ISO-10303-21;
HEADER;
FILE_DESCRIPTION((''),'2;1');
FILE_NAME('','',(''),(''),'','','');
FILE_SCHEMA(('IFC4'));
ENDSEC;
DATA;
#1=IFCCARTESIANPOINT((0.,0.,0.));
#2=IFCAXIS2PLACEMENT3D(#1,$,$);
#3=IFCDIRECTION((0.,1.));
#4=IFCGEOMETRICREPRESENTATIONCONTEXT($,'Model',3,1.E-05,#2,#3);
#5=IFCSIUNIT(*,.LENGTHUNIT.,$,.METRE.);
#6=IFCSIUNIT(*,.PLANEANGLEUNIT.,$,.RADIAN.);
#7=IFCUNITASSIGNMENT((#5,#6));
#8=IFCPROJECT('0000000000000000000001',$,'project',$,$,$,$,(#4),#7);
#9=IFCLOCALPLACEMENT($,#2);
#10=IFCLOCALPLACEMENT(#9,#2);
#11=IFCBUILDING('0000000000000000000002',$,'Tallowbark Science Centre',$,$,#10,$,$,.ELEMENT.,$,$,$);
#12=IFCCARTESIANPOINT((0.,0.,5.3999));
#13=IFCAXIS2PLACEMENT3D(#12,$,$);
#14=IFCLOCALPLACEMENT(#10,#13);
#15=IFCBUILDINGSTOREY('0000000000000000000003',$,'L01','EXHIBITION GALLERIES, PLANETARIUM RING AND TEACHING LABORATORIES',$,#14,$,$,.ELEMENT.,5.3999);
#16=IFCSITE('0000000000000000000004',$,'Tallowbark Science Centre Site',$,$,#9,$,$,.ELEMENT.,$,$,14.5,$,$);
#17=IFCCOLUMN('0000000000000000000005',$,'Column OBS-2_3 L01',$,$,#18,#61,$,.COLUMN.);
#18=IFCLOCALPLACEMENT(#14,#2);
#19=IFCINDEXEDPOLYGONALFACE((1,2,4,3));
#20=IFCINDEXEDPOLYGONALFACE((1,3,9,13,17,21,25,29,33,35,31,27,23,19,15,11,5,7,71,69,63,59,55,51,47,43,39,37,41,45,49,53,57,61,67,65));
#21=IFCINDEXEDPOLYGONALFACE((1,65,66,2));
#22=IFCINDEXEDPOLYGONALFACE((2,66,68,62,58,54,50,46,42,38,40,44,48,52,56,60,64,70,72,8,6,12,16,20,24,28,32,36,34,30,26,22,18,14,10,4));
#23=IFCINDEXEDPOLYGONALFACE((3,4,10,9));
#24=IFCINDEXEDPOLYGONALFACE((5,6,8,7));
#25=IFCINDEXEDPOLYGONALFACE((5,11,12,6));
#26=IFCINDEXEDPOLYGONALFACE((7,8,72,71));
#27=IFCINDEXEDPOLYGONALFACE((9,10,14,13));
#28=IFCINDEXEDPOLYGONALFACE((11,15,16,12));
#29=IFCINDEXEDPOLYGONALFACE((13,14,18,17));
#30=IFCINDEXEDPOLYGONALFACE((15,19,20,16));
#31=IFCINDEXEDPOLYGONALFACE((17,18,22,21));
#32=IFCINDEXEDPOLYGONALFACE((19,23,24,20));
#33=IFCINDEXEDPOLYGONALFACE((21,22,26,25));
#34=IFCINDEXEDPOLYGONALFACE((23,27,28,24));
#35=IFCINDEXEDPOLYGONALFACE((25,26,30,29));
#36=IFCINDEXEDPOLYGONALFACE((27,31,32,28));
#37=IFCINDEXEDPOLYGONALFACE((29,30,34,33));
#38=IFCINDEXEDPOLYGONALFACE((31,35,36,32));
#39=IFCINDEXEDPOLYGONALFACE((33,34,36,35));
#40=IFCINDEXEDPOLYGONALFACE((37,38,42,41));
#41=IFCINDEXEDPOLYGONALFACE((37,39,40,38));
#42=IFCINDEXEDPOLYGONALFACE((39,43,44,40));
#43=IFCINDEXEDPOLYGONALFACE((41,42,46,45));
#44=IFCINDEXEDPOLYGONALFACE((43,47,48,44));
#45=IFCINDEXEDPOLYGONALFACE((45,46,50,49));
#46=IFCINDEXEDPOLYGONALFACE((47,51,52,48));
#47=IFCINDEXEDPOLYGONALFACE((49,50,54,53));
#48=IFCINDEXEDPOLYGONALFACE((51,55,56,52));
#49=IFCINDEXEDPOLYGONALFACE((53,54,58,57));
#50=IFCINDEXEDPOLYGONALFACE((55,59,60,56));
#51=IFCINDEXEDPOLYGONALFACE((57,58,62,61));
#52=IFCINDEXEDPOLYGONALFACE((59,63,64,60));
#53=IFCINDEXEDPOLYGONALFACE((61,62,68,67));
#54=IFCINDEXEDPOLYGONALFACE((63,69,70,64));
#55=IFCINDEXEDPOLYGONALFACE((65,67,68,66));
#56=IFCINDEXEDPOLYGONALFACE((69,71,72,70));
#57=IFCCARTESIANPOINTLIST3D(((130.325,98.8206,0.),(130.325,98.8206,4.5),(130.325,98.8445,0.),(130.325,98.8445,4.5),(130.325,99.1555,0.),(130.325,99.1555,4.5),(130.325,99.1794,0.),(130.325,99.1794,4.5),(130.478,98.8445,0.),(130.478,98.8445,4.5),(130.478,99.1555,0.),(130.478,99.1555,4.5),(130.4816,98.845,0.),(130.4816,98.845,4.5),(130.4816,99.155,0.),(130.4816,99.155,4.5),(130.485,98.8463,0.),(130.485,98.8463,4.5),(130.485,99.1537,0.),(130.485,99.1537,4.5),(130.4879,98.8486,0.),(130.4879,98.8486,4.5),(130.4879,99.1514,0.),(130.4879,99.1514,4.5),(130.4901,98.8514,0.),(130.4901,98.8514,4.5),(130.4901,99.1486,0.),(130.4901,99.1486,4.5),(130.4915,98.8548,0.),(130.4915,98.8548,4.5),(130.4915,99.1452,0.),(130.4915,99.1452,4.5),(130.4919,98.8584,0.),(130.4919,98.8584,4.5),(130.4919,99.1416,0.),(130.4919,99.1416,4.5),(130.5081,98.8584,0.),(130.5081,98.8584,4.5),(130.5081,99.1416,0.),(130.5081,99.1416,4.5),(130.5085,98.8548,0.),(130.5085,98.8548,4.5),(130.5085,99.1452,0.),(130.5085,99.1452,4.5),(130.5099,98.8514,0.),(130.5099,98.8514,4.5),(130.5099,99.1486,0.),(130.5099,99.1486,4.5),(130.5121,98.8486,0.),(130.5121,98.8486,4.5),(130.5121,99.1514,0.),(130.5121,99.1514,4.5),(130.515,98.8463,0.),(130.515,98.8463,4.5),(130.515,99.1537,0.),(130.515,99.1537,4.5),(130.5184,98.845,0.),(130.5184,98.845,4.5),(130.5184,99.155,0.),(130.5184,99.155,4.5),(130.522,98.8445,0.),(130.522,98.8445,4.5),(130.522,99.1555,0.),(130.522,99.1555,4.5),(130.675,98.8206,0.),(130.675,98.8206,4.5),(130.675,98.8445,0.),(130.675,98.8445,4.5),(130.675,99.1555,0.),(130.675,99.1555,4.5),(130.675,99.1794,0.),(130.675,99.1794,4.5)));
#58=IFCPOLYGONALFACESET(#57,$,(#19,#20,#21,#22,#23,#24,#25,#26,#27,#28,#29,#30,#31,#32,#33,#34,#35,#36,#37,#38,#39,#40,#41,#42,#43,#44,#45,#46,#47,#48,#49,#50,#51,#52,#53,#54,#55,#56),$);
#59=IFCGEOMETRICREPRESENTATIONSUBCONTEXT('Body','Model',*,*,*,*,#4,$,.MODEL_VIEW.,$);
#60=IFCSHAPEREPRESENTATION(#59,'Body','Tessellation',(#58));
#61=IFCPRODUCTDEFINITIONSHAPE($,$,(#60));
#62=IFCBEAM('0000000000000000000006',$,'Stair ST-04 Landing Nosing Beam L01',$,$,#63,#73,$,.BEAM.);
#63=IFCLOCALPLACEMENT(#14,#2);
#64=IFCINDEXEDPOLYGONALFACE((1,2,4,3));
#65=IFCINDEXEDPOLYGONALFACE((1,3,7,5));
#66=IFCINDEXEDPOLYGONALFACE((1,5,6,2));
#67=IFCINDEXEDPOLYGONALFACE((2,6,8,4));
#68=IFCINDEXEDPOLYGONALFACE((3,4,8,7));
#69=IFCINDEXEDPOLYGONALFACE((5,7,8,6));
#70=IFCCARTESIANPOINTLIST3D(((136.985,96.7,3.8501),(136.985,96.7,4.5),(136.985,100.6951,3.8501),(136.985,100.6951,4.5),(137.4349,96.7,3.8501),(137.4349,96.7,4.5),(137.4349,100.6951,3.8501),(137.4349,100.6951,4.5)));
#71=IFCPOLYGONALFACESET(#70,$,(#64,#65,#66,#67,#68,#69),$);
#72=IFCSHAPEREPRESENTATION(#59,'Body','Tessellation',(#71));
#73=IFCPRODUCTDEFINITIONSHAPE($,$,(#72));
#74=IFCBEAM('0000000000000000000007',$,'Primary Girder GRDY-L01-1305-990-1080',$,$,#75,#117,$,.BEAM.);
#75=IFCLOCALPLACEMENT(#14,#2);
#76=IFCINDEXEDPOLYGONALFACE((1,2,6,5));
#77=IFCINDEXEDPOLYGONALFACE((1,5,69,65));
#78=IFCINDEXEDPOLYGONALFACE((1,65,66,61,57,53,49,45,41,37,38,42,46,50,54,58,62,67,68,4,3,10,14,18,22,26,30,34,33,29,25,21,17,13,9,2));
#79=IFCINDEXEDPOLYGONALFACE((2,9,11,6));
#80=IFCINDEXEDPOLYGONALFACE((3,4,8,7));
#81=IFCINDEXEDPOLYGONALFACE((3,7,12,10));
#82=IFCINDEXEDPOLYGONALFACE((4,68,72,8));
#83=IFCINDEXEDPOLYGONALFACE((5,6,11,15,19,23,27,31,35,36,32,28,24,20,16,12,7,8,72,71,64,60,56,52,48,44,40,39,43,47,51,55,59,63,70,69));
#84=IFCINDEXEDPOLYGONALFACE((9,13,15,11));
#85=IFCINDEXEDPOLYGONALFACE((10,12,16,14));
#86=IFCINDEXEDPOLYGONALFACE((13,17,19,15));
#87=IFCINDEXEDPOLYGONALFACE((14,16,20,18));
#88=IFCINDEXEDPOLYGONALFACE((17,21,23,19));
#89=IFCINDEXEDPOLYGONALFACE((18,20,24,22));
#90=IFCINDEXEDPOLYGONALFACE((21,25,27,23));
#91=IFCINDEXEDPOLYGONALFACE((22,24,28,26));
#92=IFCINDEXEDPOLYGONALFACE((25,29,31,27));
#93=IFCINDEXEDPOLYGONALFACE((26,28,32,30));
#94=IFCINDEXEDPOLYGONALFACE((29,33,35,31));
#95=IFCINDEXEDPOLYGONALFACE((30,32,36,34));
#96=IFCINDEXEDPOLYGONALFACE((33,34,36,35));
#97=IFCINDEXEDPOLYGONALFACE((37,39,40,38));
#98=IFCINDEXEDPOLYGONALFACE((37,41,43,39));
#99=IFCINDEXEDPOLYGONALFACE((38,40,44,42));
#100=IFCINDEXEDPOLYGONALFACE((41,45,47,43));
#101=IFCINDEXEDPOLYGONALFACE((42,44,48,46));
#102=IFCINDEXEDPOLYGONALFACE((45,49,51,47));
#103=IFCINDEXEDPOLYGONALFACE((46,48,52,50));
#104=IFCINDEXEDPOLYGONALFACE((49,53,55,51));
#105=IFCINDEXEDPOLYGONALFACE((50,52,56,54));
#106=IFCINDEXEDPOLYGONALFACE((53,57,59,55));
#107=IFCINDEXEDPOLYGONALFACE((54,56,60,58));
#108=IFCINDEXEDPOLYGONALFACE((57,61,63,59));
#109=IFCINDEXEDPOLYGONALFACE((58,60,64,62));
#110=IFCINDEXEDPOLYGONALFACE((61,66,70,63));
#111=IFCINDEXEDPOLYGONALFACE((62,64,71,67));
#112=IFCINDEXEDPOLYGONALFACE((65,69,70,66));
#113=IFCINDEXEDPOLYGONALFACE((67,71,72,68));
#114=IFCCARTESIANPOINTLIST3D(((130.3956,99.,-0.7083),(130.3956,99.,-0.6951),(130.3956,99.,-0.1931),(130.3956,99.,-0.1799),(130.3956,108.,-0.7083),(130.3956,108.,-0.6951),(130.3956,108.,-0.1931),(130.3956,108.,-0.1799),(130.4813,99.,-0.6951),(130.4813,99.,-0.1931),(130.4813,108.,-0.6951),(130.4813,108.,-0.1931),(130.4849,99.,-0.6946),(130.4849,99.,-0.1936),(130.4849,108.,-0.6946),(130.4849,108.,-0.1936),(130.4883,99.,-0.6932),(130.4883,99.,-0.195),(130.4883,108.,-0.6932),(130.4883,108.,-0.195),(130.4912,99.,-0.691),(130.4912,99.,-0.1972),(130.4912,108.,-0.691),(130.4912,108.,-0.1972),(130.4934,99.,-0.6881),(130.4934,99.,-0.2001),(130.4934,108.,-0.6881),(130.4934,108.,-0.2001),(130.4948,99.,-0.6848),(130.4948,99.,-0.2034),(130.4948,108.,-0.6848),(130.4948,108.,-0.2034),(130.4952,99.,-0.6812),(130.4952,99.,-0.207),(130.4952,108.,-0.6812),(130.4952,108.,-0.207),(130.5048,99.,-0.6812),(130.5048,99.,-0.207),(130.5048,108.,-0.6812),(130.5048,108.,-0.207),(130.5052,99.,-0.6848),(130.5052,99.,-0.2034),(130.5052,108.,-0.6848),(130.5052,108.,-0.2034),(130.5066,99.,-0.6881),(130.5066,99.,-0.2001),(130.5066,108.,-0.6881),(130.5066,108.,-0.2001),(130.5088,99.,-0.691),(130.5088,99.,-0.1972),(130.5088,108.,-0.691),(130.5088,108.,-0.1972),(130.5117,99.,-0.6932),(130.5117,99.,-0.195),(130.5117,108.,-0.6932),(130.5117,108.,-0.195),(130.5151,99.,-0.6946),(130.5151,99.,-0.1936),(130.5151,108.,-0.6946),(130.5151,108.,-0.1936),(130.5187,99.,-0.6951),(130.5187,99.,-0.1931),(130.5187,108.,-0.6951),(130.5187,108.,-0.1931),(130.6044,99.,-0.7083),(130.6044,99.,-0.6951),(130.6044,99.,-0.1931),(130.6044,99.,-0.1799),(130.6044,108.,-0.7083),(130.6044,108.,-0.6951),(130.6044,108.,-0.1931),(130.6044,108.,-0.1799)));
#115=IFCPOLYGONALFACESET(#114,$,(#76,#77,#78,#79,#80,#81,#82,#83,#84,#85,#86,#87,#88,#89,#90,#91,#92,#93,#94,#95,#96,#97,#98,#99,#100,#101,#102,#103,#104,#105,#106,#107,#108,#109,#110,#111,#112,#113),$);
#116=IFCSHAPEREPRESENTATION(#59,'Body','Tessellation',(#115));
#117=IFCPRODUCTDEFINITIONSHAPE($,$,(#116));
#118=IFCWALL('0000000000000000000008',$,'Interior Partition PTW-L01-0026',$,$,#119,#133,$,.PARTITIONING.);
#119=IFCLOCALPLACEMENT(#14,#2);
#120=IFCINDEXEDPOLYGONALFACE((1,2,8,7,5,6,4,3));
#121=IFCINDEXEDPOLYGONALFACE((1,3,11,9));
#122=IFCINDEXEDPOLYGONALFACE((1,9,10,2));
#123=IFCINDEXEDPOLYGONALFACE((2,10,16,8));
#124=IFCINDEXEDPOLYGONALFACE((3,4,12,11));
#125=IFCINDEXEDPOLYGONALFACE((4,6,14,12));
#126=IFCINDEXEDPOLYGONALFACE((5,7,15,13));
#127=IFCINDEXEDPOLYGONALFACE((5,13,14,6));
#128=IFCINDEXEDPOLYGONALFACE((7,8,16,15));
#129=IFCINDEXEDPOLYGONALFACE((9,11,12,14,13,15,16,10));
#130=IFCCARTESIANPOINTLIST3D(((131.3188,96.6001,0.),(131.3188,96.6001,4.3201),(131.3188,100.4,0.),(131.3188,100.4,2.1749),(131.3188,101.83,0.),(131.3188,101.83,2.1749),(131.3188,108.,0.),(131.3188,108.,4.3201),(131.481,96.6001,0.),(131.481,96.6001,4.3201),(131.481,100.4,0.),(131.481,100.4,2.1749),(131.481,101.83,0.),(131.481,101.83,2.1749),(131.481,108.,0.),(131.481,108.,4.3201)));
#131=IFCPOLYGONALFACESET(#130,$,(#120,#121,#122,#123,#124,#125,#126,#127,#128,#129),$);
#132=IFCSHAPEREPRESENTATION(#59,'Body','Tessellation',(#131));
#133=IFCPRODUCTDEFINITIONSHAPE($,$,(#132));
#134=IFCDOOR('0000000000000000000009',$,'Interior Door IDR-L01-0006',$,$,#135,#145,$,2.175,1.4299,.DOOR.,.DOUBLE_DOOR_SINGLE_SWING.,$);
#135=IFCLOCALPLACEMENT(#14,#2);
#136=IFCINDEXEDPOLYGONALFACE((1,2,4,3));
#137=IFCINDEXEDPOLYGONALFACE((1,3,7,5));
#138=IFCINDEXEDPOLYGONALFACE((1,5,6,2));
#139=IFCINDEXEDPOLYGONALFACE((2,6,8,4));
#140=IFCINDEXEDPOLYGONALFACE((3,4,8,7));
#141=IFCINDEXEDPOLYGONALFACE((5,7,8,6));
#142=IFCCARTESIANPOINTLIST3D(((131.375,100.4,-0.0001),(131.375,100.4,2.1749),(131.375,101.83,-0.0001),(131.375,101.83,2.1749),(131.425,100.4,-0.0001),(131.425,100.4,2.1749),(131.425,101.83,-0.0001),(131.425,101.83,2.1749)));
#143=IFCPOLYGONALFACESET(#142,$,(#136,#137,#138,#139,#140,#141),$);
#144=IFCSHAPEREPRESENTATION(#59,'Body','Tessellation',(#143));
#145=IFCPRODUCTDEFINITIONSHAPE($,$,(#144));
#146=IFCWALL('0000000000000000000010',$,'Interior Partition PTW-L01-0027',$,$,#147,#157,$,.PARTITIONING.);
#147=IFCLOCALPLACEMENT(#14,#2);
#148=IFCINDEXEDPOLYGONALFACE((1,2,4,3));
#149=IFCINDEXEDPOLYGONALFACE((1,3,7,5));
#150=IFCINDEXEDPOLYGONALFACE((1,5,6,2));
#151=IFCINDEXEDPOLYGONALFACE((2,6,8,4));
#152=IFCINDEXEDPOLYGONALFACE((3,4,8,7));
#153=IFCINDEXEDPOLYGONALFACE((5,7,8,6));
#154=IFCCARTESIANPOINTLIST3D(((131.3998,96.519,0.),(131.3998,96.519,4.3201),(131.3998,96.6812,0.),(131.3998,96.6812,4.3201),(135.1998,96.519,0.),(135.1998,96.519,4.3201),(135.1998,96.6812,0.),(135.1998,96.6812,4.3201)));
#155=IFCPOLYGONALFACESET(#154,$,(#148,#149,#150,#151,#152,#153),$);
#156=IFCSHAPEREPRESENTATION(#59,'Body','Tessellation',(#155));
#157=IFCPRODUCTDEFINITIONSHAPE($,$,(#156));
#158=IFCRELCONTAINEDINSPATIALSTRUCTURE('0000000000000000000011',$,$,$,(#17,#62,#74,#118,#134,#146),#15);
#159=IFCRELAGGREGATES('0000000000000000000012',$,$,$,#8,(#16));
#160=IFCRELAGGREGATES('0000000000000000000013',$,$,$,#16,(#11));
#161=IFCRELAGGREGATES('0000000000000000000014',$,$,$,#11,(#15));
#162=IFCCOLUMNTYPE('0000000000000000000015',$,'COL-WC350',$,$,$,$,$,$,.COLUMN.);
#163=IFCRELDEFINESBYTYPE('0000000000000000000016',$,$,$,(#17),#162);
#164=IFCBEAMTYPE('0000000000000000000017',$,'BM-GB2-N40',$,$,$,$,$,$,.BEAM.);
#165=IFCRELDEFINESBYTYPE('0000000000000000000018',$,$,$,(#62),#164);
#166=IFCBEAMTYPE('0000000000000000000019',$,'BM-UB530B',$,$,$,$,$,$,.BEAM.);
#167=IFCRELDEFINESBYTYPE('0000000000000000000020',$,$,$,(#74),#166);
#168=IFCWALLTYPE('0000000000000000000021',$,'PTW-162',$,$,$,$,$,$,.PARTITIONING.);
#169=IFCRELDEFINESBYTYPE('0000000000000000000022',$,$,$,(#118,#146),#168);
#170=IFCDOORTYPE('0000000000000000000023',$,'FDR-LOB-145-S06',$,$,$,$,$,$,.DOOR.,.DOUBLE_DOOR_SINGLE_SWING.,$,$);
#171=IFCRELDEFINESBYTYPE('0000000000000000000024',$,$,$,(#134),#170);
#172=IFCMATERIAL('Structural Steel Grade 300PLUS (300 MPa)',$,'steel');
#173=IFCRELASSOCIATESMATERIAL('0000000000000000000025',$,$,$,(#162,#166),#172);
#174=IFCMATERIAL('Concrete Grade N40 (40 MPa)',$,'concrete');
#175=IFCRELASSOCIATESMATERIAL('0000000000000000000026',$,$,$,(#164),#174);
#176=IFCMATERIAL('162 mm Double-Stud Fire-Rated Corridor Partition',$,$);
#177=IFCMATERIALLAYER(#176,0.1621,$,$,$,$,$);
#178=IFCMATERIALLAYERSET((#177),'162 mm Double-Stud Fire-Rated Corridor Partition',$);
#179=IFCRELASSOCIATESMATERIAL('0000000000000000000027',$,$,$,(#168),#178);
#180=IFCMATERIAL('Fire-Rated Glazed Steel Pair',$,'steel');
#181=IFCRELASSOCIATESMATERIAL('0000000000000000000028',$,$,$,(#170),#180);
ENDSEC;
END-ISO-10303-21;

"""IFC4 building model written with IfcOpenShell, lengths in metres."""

from ifc_helpers import new_model, si_unit, direction, frame, frame_2d, origin, origin_2d, place, context, subcontext, project, spatial, rectangle, i_section, extrude, material, layer, layer_set, material_profile, profile_set, type_object, element, fill, save


model = new_model("IFC4")

# Units and contexts
model_context = context("Model", 3, precision=1e-05, world=origin(), true_north=direction((0.0, 1.0)))
body_context = subcontext(model_context, "Body", "Model", "MODEL_VIEW")
ifc_project = project(units=[si_unit("LENGTHUNIT", "METRE"), si_unit("PLANEANGLEUNIT", "RADIAN")], contexts=[model_context])

# Site, building, storey
site_placement = place(None, origin())
site = spatial("IfcSite", under=ifc_project, at=site_placement, Name="Tallowbark Science Centre Site", CompositionType="ELEMENT", RefElevation=14.5)
building_placement = place(site_placement, origin())
building = spatial("IfcBuilding", under=site, at=building_placement, Name="Tallowbark Science Centre", CompositionType="ELEMENT")
storey_placement = place(building_placement, frame((0.0, 0.0, 5.3999)))
storey = spatial("IfcBuildingStorey", under=building, at=storey_placement, Name="L01", Description="EXHIBITION GALLERIES, PLANETARIUM RING AND TEACHING LABORATORIES", CompositionType="ELEMENT", Elevation=5.3999)

# Column
ifc_material_1 = material(Name="Structural Steel Grade 300PLUS (300 MPa)", Category="steel")
ifc_material_profile_1 = material_profile(ifc_material_1, i_section(OverallWidth=0.3501, OverallDepth=0.3589, WebThickness=0.0161, FlangeThickness=0.0239, FilletRadius=0.0139, at=origin_2d()), Name="350WC197")
ifc_profile_set_1 = profile_set([ifc_material_profile_1], Name="Structural Steel Grade 300PLUS (300 MPa)")
column_type = type_object("IfcColumnType", Name="COL-WC350", PredefinedType="COLUMN", material=ifc_profile_set_1)
column_placement = place(storey_placement, frame((130.5, 99.0, 0.0), z_axis=(0.0, 0.0, 1.0), x_axis=(1.0, 0.0, 0.0)))
element("IfcColumn", 1, at=column_placement, inside=storey, type_object=column_type, Name="Column OBS-2_3 L01", PredefinedType="COLUMN", context=body_context, shape_type="SweptSolid", body=[
    extrude(i_section(OverallWidth=0.3501, OverallDepth=0.3589, WebThickness=0.0161, FlangeThickness=0.0239, FilletRadius=0.0139, at=origin_2d()), origin(), (0.0, 0.0, 1.0), 4.5),
])

# Beams
ifc_material_2 = material(Name="Concrete Grade N40 (40 MPa)", Category="concrete")
ifc_material_profile_2 = material_profile(ifc_material_2, rectangle(XDim=0.45, YDim=0.6499, at=origin_2d()), Name="RC450x650")
ifc_profile_set_2 = profile_set([ifc_material_profile_2], Name="Concrete Grade N40 (40 MPa)")
beam_type_1 = type_object("IfcBeamType", Name="BM-GB2-N40", PredefinedType="BEAM", material=ifc_profile_set_2)
beam_1_placement = place(storey_placement, frame((137.21, 96.7, 4.175), z_axis=(0.0, 1.0, 0.0), x_axis=(-1.0, 0.0, 0.0)))
element("IfcBeam", 2, at=beam_1_placement, inside=storey, type_object=beam_type_1, Name="Stair ST-04 Landing Nosing Beam L01", PredefinedType="BEAM", context=body_context, shape_type="SweptSolid", body=[
    extrude(rectangle(XDim=0.45, YDim=0.6499, at=origin_2d()), origin(), (0.0, 0.0, 1.0), 3.9951),
])
ifc_material_profile_3 = material_profile(ifc_material_1, i_section(OverallWidth=0.2087, OverallDepth=0.5283, WebThickness=0.0095, FlangeThickness=0.0132, FilletRadius=0.0139, at=origin_2d()), Name="530UB82.0")
ifc_profile_set_3 = profile_set([ifc_material_profile_3], Name="Structural Steel Grade 300PLUS (300 MPa)")
beam_type_2 = type_object("IfcBeamType", Name="BM-UB530B", PredefinedType="BEAM", material=ifc_profile_set_3)
beam_2_placement = place(storey_placement, frame((130.5, 99.0, -0.4441), z_axis=(0.0, 1.0, 0.0), x_axis=(-1.0, 0.0, 0.0)))
element("IfcBeam", 3, at=beam_2_placement, inside=storey, type_object=beam_type_2, Name="Primary Girder GRDY-L01-1305-990-1080", PredefinedType="BEAM", context=body_context, shape_type="SweptSolid", body=[
    extrude(i_section(OverallWidth=0.2087, OverallDepth=0.5283, WebThickness=0.0095, FlangeThickness=0.0132, FilletRadius=0.0139, at=origin_2d()), origin(), (0.0, 0.0, 1.0), 9.0),
])

# Wall, opening, door
ifc_material_3 = material(Name="162 mm Double-Stud Fire-Rated Corridor Partition")
ifc_layer_1 = layer(ifc_material_3, 0.1621)
ifc_layer_set_1 = layer_set([ifc_layer_1], Name="162 mm Double-Stud Fire-Rated Corridor Partition")
wall_type_1 = type_object("IfcWallType", Name="PTW-162", PredefinedType="PARTITIONING", material=ifc_layer_set_1)
wall_1_placement = place(storey_placement, frame((131.3999, 96.6001, 0.0), z_axis=(0.0, 0.0, 1.0), x_axis=(0.0, 1.0, 0.0)))
wall_1 = element("IfcWall", 4, at=wall_1_placement, inside=storey, type_object=wall_type_1, Name="Interior Partition PTW-L01-0026", PredefinedType="PARTITIONING", context=body_context, shape_type="SweptSolid", body=[
    extrude(rectangle(XDim=11.3999, YDim=0.1621, at=frame_2d((5.7, 0.0))), origin(), (0.0, 0.0, 1.0), 4.3201),
])
opening_1_placement = place(wall_1_placement, frame((3.8, 0.0, 0.0)))
opening_1 = element("IfcOpeningElement", 5, at=opening_1_placement, cuts=wall_1, PredefinedType="OPENING", context=body_context, shape_type="SweptSolid", body=[
    extrude(rectangle(XDim=1.4299, YDim=2.175, at=frame_2d((0.7148, 1.0874))), frame((0.0, 0.0911, 0.0), z_axis=(0.0, -1.0, 0.0), x_axis=(1.0, 0.0, 0.0)), (0.0, 0.0, 1.0), 0.1821),
])
ifc_material_4 = material(Name="Fire-Rated Glazed Steel Pair", Category="steel")
door_type_1 = type_object("IfcDoorType", Name="FDR-LOB-145-S06", OperationType="DOUBLE_DOOR_SINGLE_SWING", PredefinedType="DOOR", material=ifc_material_4)
door_1_placement = place(opening_1_placement, origin())
door_1 = element("IfcDoor", 6, at=door_1_placement, inside=storey, type_object=door_type_1, Name="Interior Door IDR-L01-0006", OperationType="DOUBLE_DOOR_SINGLE_SWING", OverallHeight=2.175, OverallWidth=1.4299, PredefinedType="DOOR", context=body_context, shape_type="SweptSolid", body=[
    extrude(rectangle(XDim=1.4299, YDim=2.175, at=frame_2d((0.7148, 1.0874))), frame((0.0, 0.0249, 0.0), z_axis=(0.0, -1.0, 0.0), x_axis=(1.0, 0.0, 0.0)), (0.0, 0.0, 1.0), 0.05),
])
fill(opening_1, door_1)

# Wall
wall_2_placement = place(storey_placement, frame((131.3999, 96.6001, 0.0), z_axis=(0.0, 0.0, 1.0), x_axis=(1.0, 0.0, 0.0)))
element("IfcWall", 7, at=wall_2_placement, inside=storey, type_object=wall_type_1, Name="Interior Partition PTW-L01-0027", PredefinedType="PARTITIONING", context=body_context, shape_type="SweptSolid", body=[
    extrude(rectangle(XDim=3.8, YDim=0.1621, at=frame_2d((1.8999, 0.0))), origin(), (0.0, 0.0, 1.0), 4.3201),
])

save(model, "model.ifc")
